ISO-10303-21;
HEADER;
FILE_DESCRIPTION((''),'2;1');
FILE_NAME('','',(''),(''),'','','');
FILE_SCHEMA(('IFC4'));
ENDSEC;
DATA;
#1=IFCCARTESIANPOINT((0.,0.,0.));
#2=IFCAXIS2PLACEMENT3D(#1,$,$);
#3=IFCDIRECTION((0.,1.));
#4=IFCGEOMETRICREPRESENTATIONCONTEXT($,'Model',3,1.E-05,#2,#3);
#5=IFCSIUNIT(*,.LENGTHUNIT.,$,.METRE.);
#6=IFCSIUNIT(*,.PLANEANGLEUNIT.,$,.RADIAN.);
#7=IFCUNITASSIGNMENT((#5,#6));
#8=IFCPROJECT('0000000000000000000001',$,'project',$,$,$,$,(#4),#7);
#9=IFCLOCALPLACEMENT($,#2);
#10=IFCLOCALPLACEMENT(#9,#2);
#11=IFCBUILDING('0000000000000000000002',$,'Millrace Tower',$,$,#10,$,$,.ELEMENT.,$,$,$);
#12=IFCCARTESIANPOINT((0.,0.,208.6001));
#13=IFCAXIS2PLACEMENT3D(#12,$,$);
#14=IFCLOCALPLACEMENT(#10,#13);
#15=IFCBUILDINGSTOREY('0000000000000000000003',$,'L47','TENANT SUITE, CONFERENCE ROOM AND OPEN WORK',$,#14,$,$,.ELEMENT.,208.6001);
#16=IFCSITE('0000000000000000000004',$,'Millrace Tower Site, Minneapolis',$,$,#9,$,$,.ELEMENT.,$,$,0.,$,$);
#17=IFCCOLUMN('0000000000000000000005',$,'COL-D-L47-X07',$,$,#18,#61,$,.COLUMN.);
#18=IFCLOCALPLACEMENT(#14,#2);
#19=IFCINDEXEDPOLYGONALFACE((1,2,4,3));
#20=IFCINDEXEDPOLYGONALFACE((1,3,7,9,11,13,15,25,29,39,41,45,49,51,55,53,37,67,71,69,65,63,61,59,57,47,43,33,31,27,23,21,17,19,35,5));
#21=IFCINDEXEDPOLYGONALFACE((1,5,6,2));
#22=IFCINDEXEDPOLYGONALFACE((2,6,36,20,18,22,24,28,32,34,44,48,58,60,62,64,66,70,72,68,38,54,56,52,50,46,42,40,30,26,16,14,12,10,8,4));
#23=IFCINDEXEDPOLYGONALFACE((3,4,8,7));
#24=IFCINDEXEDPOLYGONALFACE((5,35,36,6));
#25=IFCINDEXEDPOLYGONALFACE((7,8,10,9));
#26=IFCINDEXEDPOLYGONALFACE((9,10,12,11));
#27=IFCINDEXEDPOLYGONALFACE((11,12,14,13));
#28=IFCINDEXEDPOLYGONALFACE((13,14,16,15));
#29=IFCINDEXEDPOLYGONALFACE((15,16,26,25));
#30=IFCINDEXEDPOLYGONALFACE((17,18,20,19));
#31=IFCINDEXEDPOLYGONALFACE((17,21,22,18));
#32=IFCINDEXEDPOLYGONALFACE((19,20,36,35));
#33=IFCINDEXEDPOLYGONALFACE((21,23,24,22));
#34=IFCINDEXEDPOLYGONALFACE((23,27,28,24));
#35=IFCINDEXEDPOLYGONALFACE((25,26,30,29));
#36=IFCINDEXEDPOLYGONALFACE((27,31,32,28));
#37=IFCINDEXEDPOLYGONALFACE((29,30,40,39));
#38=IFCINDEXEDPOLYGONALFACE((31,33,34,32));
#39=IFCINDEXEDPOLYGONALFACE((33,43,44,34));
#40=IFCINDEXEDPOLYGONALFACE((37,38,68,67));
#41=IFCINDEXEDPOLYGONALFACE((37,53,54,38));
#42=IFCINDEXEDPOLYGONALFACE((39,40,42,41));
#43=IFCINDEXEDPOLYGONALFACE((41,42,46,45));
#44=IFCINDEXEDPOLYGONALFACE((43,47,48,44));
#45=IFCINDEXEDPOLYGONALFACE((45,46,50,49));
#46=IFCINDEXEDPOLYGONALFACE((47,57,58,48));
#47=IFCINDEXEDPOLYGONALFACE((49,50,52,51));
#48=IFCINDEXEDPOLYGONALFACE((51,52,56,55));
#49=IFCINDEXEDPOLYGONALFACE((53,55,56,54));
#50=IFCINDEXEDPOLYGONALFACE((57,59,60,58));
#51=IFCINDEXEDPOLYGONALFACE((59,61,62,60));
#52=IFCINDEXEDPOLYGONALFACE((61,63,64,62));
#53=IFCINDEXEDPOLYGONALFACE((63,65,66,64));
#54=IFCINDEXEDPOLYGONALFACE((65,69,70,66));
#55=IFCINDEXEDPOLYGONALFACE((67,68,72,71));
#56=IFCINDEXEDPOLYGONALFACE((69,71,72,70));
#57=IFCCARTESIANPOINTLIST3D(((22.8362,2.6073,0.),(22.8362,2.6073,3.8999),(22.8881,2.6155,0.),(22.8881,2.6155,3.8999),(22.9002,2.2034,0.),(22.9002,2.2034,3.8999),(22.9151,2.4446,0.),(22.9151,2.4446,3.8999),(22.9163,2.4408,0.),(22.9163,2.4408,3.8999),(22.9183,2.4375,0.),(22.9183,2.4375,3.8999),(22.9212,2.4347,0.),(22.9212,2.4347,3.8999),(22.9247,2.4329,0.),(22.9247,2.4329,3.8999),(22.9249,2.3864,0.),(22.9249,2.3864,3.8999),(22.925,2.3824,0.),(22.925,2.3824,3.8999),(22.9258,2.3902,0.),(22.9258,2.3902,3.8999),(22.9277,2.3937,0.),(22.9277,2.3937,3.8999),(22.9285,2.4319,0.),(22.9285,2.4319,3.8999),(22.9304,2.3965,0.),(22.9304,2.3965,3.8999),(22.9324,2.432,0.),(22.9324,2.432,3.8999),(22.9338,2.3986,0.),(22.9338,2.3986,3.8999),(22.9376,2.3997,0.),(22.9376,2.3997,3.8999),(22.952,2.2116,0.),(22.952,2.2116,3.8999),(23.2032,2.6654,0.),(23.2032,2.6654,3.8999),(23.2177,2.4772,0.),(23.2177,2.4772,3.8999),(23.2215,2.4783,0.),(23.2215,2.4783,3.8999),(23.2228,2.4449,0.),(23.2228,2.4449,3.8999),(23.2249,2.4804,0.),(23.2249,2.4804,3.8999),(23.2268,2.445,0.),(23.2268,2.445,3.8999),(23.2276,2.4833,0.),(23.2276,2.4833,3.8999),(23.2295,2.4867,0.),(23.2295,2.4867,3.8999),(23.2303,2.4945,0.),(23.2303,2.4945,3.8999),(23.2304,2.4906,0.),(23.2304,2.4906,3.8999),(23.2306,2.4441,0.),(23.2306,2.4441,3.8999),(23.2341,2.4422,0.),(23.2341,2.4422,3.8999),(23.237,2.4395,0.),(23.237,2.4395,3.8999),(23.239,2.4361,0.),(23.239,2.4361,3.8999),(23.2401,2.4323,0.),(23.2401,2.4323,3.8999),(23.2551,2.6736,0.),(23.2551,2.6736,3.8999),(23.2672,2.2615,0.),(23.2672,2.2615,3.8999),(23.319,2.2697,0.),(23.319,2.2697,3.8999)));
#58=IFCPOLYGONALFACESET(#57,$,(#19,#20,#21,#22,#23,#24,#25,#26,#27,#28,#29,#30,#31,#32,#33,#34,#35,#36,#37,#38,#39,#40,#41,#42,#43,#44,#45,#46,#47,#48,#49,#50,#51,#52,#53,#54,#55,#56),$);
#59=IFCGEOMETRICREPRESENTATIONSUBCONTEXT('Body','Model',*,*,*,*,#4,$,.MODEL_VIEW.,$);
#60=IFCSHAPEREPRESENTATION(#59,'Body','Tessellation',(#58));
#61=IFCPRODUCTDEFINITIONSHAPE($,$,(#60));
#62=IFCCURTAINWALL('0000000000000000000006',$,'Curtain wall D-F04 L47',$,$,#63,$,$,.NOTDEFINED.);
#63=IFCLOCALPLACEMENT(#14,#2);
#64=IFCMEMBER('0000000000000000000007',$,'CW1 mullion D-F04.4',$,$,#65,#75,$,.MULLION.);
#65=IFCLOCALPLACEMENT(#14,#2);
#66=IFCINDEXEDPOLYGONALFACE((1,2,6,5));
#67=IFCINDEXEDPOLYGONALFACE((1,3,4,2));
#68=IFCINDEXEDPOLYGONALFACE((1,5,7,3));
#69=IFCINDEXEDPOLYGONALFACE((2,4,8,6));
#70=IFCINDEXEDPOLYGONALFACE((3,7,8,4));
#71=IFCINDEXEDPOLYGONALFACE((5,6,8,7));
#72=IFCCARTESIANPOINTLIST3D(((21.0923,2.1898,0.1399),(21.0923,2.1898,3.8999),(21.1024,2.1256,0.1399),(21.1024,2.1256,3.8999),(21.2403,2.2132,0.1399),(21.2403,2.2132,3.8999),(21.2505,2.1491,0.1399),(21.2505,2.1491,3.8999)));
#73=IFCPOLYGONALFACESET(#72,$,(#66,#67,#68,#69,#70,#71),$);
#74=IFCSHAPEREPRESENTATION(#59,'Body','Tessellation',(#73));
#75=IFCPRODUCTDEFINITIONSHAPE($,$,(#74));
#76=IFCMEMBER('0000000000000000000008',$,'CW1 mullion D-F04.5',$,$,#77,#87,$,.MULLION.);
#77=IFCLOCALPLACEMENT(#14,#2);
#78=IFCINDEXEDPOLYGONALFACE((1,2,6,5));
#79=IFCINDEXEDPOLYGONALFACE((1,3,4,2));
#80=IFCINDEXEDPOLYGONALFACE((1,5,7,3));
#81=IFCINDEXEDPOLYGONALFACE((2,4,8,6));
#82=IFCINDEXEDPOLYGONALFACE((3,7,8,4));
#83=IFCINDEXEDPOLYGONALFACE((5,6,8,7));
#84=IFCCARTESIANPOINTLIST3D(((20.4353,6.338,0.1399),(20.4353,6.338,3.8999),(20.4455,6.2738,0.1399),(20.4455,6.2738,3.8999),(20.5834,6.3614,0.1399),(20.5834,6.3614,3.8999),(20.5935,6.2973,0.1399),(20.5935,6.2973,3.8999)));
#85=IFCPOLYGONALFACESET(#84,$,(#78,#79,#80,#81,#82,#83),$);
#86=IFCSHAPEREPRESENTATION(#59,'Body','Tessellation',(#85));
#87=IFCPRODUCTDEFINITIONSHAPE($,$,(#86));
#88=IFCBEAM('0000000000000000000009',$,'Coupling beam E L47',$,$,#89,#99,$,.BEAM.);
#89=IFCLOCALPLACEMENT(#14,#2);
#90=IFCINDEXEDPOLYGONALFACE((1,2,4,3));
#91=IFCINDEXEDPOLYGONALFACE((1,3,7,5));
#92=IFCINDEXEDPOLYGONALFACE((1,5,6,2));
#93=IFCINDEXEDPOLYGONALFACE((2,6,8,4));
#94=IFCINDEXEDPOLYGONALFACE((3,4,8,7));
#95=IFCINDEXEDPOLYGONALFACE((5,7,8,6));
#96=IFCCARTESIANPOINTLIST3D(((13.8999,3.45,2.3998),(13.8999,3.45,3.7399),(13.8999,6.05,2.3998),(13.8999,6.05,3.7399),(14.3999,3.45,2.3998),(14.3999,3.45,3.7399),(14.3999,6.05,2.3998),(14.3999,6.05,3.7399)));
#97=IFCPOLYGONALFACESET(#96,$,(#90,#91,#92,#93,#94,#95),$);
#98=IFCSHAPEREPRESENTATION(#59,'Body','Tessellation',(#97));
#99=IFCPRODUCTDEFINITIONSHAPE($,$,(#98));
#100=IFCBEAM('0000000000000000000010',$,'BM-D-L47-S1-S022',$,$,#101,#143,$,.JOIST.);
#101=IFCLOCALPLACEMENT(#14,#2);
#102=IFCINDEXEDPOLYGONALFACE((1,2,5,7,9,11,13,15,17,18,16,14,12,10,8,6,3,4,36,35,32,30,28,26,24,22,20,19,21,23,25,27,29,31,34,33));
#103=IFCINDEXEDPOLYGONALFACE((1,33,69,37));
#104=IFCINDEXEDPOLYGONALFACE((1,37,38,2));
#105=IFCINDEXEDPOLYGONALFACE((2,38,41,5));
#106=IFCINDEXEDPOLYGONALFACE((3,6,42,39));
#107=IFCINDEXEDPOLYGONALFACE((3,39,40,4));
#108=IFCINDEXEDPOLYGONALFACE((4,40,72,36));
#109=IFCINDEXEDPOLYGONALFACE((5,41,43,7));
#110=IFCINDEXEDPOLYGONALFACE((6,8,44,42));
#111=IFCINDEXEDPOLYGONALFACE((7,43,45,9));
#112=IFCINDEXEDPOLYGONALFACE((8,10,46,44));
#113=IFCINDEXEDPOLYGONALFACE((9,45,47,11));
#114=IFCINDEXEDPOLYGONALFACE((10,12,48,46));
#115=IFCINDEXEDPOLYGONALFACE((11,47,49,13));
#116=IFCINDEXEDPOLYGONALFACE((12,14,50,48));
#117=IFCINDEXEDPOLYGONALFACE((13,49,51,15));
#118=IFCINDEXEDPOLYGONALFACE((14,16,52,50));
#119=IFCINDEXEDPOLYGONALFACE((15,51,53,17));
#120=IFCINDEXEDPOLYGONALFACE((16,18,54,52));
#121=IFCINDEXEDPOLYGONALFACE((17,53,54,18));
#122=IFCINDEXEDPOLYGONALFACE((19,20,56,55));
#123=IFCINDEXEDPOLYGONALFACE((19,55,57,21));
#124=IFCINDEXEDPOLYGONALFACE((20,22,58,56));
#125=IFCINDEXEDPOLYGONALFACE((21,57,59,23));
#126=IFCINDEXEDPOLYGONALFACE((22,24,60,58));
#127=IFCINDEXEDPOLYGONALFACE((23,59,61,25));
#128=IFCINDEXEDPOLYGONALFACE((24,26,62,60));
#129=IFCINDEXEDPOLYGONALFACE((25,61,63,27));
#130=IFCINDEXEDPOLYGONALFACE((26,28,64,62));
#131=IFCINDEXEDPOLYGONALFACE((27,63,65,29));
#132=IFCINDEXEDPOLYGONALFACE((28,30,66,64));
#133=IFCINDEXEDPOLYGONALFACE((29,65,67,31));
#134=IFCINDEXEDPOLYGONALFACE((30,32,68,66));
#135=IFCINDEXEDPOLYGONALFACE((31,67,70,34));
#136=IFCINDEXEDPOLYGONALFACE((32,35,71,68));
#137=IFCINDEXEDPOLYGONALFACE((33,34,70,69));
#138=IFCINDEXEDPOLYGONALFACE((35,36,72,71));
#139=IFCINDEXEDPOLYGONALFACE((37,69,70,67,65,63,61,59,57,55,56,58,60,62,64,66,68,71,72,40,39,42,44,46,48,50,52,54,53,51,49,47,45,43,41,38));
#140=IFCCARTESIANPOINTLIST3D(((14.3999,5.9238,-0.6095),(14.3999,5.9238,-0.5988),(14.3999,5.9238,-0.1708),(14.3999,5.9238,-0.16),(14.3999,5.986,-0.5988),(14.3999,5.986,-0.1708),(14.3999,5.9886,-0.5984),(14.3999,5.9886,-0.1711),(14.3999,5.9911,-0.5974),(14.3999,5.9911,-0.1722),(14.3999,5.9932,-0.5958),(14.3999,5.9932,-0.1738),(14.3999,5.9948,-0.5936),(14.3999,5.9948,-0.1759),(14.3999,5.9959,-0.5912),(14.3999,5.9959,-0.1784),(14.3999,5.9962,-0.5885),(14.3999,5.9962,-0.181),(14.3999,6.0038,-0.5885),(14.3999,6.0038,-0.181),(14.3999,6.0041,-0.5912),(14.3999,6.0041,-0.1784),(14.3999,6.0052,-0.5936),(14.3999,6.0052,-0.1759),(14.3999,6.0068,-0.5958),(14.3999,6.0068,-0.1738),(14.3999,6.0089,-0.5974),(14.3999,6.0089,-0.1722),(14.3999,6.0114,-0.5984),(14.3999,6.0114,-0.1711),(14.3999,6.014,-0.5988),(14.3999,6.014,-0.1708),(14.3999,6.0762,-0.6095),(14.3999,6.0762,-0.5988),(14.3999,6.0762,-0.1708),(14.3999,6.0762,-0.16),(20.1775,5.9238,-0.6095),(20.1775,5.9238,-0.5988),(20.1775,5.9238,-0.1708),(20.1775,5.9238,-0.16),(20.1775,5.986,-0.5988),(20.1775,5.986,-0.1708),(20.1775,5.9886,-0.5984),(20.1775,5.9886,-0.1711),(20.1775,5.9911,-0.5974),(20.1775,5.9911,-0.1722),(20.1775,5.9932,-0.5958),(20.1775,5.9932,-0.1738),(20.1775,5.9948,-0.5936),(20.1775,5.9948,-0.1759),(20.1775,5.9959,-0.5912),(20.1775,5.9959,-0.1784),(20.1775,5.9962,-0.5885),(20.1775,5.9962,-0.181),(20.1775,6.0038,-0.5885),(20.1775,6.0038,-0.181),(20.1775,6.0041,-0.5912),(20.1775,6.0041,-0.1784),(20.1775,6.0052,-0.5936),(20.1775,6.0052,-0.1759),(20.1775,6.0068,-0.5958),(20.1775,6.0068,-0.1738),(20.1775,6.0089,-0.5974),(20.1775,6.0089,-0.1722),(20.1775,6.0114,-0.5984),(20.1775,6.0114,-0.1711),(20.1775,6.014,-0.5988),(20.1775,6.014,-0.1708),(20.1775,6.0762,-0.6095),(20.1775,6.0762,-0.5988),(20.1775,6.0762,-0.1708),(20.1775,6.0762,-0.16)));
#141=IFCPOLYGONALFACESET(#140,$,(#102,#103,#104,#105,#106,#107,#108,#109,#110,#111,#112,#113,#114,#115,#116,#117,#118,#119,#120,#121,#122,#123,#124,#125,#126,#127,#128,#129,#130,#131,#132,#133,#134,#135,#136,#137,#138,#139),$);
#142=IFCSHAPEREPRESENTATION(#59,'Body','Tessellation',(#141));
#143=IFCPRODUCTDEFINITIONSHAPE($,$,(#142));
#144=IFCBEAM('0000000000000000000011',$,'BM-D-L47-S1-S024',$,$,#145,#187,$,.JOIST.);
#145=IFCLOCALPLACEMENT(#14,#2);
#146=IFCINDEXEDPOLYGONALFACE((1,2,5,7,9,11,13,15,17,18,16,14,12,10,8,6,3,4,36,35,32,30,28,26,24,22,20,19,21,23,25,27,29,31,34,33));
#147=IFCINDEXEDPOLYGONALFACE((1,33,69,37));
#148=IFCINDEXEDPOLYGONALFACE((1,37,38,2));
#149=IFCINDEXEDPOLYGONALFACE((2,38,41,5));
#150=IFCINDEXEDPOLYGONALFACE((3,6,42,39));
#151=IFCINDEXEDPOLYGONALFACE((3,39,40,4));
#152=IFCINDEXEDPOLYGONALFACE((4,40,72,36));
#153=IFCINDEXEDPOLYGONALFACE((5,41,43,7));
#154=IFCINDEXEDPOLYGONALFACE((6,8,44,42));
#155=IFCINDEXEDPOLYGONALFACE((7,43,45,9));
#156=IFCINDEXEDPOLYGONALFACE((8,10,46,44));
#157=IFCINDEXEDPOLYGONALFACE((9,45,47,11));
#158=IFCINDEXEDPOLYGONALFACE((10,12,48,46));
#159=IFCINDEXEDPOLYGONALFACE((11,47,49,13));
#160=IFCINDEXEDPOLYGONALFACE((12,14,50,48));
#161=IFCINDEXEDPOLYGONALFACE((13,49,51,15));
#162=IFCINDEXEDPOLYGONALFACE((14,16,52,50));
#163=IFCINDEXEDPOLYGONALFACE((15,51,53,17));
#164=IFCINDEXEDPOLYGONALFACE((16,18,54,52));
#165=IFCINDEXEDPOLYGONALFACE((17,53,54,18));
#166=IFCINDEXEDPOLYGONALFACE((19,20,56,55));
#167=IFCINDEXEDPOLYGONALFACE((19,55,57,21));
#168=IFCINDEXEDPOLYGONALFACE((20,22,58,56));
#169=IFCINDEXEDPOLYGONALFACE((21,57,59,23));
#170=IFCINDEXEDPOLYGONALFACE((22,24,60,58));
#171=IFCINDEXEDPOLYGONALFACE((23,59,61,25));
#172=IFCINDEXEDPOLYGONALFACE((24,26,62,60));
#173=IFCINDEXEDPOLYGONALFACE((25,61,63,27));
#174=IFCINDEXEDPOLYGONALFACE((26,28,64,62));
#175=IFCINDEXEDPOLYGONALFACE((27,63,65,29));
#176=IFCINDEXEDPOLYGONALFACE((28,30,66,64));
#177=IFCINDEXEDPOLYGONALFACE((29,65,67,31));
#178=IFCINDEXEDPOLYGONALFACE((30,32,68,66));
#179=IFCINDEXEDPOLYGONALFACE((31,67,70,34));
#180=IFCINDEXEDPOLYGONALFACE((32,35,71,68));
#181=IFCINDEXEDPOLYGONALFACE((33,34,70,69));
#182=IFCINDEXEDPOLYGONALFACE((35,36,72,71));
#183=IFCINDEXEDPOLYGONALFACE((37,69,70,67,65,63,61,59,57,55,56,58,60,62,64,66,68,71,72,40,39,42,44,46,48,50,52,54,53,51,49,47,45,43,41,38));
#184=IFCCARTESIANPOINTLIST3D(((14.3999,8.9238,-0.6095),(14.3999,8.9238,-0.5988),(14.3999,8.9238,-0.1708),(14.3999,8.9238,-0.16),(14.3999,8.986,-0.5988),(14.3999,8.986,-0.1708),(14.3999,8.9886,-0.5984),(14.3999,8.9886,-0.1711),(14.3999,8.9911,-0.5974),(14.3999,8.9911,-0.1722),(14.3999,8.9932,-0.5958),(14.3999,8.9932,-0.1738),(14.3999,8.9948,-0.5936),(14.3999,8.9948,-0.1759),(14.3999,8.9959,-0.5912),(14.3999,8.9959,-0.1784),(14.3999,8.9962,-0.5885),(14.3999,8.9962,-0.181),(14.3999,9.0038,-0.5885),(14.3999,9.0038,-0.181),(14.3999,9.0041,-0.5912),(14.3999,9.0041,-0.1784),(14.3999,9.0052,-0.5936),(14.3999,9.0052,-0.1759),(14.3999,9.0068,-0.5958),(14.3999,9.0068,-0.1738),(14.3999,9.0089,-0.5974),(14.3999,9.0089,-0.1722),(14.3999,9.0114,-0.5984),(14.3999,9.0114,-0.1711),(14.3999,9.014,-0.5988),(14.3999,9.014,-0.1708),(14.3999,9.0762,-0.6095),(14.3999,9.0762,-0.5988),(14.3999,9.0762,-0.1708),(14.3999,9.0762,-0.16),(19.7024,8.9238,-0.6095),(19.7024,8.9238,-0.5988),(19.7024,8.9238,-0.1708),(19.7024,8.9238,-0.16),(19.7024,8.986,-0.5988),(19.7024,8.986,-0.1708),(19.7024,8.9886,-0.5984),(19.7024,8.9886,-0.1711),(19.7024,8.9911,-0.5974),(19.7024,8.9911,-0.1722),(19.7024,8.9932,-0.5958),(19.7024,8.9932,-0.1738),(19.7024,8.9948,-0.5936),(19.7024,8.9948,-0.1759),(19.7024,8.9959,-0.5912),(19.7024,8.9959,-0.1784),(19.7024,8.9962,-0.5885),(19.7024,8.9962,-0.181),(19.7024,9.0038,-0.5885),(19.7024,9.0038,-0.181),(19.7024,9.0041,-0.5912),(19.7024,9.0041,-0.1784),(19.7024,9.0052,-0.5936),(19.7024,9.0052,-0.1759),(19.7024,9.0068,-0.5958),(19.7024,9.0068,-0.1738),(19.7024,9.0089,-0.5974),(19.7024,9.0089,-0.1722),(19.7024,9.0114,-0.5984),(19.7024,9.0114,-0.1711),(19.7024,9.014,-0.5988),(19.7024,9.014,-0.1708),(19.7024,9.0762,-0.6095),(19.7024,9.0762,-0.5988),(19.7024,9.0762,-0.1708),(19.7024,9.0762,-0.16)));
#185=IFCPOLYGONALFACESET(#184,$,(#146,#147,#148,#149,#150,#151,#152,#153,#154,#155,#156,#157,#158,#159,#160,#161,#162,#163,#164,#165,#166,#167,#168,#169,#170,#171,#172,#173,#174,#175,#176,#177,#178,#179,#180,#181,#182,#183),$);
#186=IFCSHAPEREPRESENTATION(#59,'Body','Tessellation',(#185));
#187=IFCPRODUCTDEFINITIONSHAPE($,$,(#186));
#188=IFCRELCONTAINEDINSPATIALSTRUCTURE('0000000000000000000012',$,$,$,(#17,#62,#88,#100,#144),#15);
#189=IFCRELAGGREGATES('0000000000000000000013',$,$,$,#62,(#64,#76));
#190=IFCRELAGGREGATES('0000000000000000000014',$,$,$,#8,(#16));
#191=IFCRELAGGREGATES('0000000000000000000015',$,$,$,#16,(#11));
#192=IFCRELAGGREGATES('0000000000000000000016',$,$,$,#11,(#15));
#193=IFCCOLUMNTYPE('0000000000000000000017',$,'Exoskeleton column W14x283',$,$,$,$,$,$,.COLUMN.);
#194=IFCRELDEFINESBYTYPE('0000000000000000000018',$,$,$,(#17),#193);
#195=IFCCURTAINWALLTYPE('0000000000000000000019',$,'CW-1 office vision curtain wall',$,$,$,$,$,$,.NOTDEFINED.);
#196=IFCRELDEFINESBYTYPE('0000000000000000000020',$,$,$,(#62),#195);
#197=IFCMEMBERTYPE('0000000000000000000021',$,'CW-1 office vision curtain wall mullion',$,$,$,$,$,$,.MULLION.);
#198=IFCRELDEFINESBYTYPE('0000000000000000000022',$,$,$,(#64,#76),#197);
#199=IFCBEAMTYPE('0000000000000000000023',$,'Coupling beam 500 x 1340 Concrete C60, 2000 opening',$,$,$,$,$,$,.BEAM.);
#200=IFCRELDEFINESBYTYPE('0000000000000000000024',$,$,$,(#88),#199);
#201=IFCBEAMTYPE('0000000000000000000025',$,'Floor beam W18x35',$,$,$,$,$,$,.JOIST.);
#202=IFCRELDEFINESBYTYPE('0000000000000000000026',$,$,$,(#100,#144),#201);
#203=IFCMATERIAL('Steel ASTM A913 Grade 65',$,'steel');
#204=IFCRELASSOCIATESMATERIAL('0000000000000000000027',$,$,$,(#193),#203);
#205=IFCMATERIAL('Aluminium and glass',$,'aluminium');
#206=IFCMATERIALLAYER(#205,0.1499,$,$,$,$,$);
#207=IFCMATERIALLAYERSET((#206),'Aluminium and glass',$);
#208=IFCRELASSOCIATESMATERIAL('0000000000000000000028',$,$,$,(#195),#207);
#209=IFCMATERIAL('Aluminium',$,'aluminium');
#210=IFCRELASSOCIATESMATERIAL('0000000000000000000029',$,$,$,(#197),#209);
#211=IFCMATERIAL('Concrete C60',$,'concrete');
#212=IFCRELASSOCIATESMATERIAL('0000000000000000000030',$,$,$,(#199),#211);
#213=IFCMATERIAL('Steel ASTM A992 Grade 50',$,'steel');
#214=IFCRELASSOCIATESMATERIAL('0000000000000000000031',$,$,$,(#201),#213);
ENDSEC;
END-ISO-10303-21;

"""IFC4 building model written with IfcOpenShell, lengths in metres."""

from ifc_helpers import new_model, si_unit, direction, frame, origin, origin_2d, place, context, subcontext, project, spatial, rectangle, i_section, extrude, material, layer, layer_set, material_profile, profile_set, type_object, element, aggregate, save


model = new_model("IFC4")

# Units and contexts
model_context = context("Model", 3, precision=1e-05, world=origin(), true_north=direction((0.0, 1.0)))
body_context = subcontext(model_context, "Body", "Model", "MODEL_VIEW")
ifc_project = project(units=[si_unit("LENGTHUNIT", "METRE"), si_unit("PLANEANGLEUNIT", "RADIAN")], contexts=[model_context])

# Site, building, storey
site_placement = place(None, origin())
site = spatial("IfcSite", under=ifc_project, at=site_placement, Name="Millrace Tower Site, Minneapolis", CompositionType="ELEMENT", RefElevation=0.0)
building_placement = place(site_placement, origin())
building = spatial("IfcBuilding", under=site, at=building_placement, Name="Millrace Tower", CompositionType="ELEMENT")
storey_placement = place(building_placement, frame((0.0, 0.0, 208.6001)))
storey = spatial("IfcBuildingStorey", under=building, at=storey_placement, Name="L47", Description="TENANT SUITE, CONFERENCE ROOM AND OPEN WORK", CompositionType="ELEMENT", Elevation=208.6001)

# Column
ifc_material_1 = material(Name="Steel ASTM A913 Grade 65", Category="steel")
ifc_material_profile_1 = material_profile(ifc_material_1, i_section(OverallWidth=0.4089, OverallDepth=0.4241, WebThickness=0.0327, FlangeThickness=0.0525, FilletRadius=0.0151, at=origin_2d()))
ifc_profile_set_1 = profile_set([ifc_material_profile_1], Name="Steel ASTM A913 Grade 65")
column_type = type_object("IfcColumnType", Name="Exoskeleton column W14x283", PredefinedType="COLUMN", material=ifc_profile_set_1)
column_placement = place(storey_placement, frame((23.0776, 2.4385, 0.0), z_axis=(0.0, 0.0, 1.0), x_axis=(-0.156434, 0.987688, 0.0)))
element("IfcColumn", 1, at=column_placement, inside=storey, type_object=column_type, Name="COL-D-L47-X07", PredefinedType="COLUMN", context=body_context, shape_type="SweptSolid", body=[
    extrude(i_section(OverallWidth=0.4089, OverallDepth=0.4241, WebThickness=0.0327, FlangeThickness=0.0525, FilletRadius=0.0151, at=origin_2d()), origin(), (0.0, 0.0, 1.0), 3.8999),
])

# Curtain wall, members
ifc_material_2 = material(Name="Aluminium and glass", Category="aluminium")
ifc_layer_1 = layer(ifc_material_2, 0.1499)
ifc_layer_set_1 = layer_set([ifc_layer_1], Name="Aluminium and glass")
curtain_wall_type = type_object("IfcCurtainWallType", Name="CW-1 office vision curtain wall", PredefinedType="NOTDEFINED", material=ifc_layer_set_1)
curtain_wall_placement = place(storey_placement, origin())
curtain_wall = element("IfcCurtainWall", 2, at=curtain_wall_placement, inside=storey, type_object=curtain_wall_type, Name="Curtain wall D-F04 L47", PredefinedType="NOTDEFINED")
ifc_material_3 = material(Name="Aluminium", Category="aluminium")
ifc_material_profile_2 = material_profile(ifc_material_3, rectangle(XDim=0.0649, YDim=0.1499, at=origin_2d()))
ifc_profile_set_2 = profile_set([ifc_material_profile_2], Name="Aluminium")
member_type = type_object("IfcMemberType", Name="CW-1 office vision curtain wall mullion", PredefinedType="MULLION", material=ifc_profile_set_2)
member_1_placement = place(storey_placement, frame((21.1714, 2.1694, 0.1399), z_axis=(0.0, 0.0, 1.0), x_axis=(-0.156434, 0.987688, 0.0)))
member_1 = element("IfcMember", 3, at=member_1_placement, type_object=member_type, Name="CW1 mullion D-F04.4", PredefinedType="MULLION", context=body_context, shape_type="SweptSolid", body=[
    extrude(rectangle(XDim=0.0649, YDim=0.1499, at=origin_2d()), origin(), (0.0, 0.0, 1.0), 3.76),
])
member_2_placement = place(storey_placement, frame((20.5144, 6.3176, 0.1399), z_axis=(0.0, 0.0, 1.0), x_axis=(-0.156434, 0.987688, 0.0)))
member_2 = element("IfcMember", 4, at=member_2_placement, type_object=member_type, Name="CW1 mullion D-F04.5", PredefinedType="MULLION", context=body_context, shape_type="SweptSolid", body=[
    extrude(rectangle(XDim=0.0649, YDim=0.1499, at=origin_2d()), origin(), (0.0, 0.0, 1.0), 3.76),
])
aggregate(curtain_wall, [member_1, member_2])

# Beams
ifc_material_4 = material(Name="Concrete C60", Category="concrete")
ifc_material_profile_3 = material_profile(ifc_material_4, rectangle(XDim=0.5, YDim=1.3401, at=origin_2d()))
ifc_profile_set_3 = profile_set([ifc_material_profile_3], Name="Concrete C60")
beam_type_1 = type_object("IfcBeamType", Name="Coupling beam 500 x 1340 Concrete C60, 2000 opening", PredefinedType="BEAM", material=ifc_profile_set_3)
beam_1_placement = place(storey_placement, frame((14.1499, 6.05, 3.0698), z_axis=(0.0, -1.0, 0.0), x_axis=(1.0, 0.0, 0.0)))
element("IfcBeam", 5, at=beam_1_placement, inside=storey, type_object=beam_type_1, Name="Coupling beam E L47", PredefinedType="BEAM", context=body_context, shape_type="SweptSolid", body=[
    extrude(rectangle(XDim=0.5, YDim=1.3401, at=origin_2d()), origin(), (0.0, 0.0, 1.0), 2.6001),
])
ifc_material_5 = material(Name="Steel ASTM A992 Grade 50", Category="steel")
ifc_material_profile_4 = material_profile(ifc_material_5, i_section(OverallWidth=0.1523, OverallDepth=0.4495, WebThickness=0.0076, FlangeThickness=0.0107, FilletRadius=0.0103, at=origin_2d()))
ifc_profile_set_4 = profile_set([ifc_material_profile_4], Name="Steel ASTM A992 Grade 50")
beam_type_2 = type_object("IfcBeamType", Name="Floor beam W18x35", PredefinedType="JOIST", material=ifc_profile_set_4)
beam_2_placement = place(storey_placement, frame((14.3999, 6.0, -0.3848), z_axis=(1.0, 0.0, 0.0), x_axis=(0.0, 1.0, 0.0)))
element("IfcBeam", 6, at=beam_2_placement, inside=storey, type_object=beam_type_2, Name="BM-D-L47-S1-S022", PredefinedType="JOIST", context=body_context, shape_type="SweptSolid", body=[
    extrude(i_section(OverallWidth=0.1523, OverallDepth=0.4495, WebThickness=0.0076, FlangeThickness=0.0107, FilletRadius=0.0103, at=origin_2d()), origin(), (0.0, 0.0, 1.0), 5.7776),
])
beam_3_placement = place(storey_placement, frame((14.3999, 9.0, -0.3848), z_axis=(1.0, 0.0, 0.0), x_axis=(0.0, 1.0, 0.0)))
element("IfcBeam", 7, at=beam_3_placement, inside=storey, type_object=beam_type_2, Name="BM-D-L47-S1-S024", PredefinedType="JOIST", context=body_context, shape_type="SweptSolid", body=[
    extrude(i_section(OverallWidth=0.1523, OverallDepth=0.4495, WebThickness=0.0076, FlangeThickness=0.0107, FilletRadius=0.0103, at=origin_2d()), origin(), (0.0, 0.0, 1.0), 5.3025),
])

save(model, "model.ifc")
